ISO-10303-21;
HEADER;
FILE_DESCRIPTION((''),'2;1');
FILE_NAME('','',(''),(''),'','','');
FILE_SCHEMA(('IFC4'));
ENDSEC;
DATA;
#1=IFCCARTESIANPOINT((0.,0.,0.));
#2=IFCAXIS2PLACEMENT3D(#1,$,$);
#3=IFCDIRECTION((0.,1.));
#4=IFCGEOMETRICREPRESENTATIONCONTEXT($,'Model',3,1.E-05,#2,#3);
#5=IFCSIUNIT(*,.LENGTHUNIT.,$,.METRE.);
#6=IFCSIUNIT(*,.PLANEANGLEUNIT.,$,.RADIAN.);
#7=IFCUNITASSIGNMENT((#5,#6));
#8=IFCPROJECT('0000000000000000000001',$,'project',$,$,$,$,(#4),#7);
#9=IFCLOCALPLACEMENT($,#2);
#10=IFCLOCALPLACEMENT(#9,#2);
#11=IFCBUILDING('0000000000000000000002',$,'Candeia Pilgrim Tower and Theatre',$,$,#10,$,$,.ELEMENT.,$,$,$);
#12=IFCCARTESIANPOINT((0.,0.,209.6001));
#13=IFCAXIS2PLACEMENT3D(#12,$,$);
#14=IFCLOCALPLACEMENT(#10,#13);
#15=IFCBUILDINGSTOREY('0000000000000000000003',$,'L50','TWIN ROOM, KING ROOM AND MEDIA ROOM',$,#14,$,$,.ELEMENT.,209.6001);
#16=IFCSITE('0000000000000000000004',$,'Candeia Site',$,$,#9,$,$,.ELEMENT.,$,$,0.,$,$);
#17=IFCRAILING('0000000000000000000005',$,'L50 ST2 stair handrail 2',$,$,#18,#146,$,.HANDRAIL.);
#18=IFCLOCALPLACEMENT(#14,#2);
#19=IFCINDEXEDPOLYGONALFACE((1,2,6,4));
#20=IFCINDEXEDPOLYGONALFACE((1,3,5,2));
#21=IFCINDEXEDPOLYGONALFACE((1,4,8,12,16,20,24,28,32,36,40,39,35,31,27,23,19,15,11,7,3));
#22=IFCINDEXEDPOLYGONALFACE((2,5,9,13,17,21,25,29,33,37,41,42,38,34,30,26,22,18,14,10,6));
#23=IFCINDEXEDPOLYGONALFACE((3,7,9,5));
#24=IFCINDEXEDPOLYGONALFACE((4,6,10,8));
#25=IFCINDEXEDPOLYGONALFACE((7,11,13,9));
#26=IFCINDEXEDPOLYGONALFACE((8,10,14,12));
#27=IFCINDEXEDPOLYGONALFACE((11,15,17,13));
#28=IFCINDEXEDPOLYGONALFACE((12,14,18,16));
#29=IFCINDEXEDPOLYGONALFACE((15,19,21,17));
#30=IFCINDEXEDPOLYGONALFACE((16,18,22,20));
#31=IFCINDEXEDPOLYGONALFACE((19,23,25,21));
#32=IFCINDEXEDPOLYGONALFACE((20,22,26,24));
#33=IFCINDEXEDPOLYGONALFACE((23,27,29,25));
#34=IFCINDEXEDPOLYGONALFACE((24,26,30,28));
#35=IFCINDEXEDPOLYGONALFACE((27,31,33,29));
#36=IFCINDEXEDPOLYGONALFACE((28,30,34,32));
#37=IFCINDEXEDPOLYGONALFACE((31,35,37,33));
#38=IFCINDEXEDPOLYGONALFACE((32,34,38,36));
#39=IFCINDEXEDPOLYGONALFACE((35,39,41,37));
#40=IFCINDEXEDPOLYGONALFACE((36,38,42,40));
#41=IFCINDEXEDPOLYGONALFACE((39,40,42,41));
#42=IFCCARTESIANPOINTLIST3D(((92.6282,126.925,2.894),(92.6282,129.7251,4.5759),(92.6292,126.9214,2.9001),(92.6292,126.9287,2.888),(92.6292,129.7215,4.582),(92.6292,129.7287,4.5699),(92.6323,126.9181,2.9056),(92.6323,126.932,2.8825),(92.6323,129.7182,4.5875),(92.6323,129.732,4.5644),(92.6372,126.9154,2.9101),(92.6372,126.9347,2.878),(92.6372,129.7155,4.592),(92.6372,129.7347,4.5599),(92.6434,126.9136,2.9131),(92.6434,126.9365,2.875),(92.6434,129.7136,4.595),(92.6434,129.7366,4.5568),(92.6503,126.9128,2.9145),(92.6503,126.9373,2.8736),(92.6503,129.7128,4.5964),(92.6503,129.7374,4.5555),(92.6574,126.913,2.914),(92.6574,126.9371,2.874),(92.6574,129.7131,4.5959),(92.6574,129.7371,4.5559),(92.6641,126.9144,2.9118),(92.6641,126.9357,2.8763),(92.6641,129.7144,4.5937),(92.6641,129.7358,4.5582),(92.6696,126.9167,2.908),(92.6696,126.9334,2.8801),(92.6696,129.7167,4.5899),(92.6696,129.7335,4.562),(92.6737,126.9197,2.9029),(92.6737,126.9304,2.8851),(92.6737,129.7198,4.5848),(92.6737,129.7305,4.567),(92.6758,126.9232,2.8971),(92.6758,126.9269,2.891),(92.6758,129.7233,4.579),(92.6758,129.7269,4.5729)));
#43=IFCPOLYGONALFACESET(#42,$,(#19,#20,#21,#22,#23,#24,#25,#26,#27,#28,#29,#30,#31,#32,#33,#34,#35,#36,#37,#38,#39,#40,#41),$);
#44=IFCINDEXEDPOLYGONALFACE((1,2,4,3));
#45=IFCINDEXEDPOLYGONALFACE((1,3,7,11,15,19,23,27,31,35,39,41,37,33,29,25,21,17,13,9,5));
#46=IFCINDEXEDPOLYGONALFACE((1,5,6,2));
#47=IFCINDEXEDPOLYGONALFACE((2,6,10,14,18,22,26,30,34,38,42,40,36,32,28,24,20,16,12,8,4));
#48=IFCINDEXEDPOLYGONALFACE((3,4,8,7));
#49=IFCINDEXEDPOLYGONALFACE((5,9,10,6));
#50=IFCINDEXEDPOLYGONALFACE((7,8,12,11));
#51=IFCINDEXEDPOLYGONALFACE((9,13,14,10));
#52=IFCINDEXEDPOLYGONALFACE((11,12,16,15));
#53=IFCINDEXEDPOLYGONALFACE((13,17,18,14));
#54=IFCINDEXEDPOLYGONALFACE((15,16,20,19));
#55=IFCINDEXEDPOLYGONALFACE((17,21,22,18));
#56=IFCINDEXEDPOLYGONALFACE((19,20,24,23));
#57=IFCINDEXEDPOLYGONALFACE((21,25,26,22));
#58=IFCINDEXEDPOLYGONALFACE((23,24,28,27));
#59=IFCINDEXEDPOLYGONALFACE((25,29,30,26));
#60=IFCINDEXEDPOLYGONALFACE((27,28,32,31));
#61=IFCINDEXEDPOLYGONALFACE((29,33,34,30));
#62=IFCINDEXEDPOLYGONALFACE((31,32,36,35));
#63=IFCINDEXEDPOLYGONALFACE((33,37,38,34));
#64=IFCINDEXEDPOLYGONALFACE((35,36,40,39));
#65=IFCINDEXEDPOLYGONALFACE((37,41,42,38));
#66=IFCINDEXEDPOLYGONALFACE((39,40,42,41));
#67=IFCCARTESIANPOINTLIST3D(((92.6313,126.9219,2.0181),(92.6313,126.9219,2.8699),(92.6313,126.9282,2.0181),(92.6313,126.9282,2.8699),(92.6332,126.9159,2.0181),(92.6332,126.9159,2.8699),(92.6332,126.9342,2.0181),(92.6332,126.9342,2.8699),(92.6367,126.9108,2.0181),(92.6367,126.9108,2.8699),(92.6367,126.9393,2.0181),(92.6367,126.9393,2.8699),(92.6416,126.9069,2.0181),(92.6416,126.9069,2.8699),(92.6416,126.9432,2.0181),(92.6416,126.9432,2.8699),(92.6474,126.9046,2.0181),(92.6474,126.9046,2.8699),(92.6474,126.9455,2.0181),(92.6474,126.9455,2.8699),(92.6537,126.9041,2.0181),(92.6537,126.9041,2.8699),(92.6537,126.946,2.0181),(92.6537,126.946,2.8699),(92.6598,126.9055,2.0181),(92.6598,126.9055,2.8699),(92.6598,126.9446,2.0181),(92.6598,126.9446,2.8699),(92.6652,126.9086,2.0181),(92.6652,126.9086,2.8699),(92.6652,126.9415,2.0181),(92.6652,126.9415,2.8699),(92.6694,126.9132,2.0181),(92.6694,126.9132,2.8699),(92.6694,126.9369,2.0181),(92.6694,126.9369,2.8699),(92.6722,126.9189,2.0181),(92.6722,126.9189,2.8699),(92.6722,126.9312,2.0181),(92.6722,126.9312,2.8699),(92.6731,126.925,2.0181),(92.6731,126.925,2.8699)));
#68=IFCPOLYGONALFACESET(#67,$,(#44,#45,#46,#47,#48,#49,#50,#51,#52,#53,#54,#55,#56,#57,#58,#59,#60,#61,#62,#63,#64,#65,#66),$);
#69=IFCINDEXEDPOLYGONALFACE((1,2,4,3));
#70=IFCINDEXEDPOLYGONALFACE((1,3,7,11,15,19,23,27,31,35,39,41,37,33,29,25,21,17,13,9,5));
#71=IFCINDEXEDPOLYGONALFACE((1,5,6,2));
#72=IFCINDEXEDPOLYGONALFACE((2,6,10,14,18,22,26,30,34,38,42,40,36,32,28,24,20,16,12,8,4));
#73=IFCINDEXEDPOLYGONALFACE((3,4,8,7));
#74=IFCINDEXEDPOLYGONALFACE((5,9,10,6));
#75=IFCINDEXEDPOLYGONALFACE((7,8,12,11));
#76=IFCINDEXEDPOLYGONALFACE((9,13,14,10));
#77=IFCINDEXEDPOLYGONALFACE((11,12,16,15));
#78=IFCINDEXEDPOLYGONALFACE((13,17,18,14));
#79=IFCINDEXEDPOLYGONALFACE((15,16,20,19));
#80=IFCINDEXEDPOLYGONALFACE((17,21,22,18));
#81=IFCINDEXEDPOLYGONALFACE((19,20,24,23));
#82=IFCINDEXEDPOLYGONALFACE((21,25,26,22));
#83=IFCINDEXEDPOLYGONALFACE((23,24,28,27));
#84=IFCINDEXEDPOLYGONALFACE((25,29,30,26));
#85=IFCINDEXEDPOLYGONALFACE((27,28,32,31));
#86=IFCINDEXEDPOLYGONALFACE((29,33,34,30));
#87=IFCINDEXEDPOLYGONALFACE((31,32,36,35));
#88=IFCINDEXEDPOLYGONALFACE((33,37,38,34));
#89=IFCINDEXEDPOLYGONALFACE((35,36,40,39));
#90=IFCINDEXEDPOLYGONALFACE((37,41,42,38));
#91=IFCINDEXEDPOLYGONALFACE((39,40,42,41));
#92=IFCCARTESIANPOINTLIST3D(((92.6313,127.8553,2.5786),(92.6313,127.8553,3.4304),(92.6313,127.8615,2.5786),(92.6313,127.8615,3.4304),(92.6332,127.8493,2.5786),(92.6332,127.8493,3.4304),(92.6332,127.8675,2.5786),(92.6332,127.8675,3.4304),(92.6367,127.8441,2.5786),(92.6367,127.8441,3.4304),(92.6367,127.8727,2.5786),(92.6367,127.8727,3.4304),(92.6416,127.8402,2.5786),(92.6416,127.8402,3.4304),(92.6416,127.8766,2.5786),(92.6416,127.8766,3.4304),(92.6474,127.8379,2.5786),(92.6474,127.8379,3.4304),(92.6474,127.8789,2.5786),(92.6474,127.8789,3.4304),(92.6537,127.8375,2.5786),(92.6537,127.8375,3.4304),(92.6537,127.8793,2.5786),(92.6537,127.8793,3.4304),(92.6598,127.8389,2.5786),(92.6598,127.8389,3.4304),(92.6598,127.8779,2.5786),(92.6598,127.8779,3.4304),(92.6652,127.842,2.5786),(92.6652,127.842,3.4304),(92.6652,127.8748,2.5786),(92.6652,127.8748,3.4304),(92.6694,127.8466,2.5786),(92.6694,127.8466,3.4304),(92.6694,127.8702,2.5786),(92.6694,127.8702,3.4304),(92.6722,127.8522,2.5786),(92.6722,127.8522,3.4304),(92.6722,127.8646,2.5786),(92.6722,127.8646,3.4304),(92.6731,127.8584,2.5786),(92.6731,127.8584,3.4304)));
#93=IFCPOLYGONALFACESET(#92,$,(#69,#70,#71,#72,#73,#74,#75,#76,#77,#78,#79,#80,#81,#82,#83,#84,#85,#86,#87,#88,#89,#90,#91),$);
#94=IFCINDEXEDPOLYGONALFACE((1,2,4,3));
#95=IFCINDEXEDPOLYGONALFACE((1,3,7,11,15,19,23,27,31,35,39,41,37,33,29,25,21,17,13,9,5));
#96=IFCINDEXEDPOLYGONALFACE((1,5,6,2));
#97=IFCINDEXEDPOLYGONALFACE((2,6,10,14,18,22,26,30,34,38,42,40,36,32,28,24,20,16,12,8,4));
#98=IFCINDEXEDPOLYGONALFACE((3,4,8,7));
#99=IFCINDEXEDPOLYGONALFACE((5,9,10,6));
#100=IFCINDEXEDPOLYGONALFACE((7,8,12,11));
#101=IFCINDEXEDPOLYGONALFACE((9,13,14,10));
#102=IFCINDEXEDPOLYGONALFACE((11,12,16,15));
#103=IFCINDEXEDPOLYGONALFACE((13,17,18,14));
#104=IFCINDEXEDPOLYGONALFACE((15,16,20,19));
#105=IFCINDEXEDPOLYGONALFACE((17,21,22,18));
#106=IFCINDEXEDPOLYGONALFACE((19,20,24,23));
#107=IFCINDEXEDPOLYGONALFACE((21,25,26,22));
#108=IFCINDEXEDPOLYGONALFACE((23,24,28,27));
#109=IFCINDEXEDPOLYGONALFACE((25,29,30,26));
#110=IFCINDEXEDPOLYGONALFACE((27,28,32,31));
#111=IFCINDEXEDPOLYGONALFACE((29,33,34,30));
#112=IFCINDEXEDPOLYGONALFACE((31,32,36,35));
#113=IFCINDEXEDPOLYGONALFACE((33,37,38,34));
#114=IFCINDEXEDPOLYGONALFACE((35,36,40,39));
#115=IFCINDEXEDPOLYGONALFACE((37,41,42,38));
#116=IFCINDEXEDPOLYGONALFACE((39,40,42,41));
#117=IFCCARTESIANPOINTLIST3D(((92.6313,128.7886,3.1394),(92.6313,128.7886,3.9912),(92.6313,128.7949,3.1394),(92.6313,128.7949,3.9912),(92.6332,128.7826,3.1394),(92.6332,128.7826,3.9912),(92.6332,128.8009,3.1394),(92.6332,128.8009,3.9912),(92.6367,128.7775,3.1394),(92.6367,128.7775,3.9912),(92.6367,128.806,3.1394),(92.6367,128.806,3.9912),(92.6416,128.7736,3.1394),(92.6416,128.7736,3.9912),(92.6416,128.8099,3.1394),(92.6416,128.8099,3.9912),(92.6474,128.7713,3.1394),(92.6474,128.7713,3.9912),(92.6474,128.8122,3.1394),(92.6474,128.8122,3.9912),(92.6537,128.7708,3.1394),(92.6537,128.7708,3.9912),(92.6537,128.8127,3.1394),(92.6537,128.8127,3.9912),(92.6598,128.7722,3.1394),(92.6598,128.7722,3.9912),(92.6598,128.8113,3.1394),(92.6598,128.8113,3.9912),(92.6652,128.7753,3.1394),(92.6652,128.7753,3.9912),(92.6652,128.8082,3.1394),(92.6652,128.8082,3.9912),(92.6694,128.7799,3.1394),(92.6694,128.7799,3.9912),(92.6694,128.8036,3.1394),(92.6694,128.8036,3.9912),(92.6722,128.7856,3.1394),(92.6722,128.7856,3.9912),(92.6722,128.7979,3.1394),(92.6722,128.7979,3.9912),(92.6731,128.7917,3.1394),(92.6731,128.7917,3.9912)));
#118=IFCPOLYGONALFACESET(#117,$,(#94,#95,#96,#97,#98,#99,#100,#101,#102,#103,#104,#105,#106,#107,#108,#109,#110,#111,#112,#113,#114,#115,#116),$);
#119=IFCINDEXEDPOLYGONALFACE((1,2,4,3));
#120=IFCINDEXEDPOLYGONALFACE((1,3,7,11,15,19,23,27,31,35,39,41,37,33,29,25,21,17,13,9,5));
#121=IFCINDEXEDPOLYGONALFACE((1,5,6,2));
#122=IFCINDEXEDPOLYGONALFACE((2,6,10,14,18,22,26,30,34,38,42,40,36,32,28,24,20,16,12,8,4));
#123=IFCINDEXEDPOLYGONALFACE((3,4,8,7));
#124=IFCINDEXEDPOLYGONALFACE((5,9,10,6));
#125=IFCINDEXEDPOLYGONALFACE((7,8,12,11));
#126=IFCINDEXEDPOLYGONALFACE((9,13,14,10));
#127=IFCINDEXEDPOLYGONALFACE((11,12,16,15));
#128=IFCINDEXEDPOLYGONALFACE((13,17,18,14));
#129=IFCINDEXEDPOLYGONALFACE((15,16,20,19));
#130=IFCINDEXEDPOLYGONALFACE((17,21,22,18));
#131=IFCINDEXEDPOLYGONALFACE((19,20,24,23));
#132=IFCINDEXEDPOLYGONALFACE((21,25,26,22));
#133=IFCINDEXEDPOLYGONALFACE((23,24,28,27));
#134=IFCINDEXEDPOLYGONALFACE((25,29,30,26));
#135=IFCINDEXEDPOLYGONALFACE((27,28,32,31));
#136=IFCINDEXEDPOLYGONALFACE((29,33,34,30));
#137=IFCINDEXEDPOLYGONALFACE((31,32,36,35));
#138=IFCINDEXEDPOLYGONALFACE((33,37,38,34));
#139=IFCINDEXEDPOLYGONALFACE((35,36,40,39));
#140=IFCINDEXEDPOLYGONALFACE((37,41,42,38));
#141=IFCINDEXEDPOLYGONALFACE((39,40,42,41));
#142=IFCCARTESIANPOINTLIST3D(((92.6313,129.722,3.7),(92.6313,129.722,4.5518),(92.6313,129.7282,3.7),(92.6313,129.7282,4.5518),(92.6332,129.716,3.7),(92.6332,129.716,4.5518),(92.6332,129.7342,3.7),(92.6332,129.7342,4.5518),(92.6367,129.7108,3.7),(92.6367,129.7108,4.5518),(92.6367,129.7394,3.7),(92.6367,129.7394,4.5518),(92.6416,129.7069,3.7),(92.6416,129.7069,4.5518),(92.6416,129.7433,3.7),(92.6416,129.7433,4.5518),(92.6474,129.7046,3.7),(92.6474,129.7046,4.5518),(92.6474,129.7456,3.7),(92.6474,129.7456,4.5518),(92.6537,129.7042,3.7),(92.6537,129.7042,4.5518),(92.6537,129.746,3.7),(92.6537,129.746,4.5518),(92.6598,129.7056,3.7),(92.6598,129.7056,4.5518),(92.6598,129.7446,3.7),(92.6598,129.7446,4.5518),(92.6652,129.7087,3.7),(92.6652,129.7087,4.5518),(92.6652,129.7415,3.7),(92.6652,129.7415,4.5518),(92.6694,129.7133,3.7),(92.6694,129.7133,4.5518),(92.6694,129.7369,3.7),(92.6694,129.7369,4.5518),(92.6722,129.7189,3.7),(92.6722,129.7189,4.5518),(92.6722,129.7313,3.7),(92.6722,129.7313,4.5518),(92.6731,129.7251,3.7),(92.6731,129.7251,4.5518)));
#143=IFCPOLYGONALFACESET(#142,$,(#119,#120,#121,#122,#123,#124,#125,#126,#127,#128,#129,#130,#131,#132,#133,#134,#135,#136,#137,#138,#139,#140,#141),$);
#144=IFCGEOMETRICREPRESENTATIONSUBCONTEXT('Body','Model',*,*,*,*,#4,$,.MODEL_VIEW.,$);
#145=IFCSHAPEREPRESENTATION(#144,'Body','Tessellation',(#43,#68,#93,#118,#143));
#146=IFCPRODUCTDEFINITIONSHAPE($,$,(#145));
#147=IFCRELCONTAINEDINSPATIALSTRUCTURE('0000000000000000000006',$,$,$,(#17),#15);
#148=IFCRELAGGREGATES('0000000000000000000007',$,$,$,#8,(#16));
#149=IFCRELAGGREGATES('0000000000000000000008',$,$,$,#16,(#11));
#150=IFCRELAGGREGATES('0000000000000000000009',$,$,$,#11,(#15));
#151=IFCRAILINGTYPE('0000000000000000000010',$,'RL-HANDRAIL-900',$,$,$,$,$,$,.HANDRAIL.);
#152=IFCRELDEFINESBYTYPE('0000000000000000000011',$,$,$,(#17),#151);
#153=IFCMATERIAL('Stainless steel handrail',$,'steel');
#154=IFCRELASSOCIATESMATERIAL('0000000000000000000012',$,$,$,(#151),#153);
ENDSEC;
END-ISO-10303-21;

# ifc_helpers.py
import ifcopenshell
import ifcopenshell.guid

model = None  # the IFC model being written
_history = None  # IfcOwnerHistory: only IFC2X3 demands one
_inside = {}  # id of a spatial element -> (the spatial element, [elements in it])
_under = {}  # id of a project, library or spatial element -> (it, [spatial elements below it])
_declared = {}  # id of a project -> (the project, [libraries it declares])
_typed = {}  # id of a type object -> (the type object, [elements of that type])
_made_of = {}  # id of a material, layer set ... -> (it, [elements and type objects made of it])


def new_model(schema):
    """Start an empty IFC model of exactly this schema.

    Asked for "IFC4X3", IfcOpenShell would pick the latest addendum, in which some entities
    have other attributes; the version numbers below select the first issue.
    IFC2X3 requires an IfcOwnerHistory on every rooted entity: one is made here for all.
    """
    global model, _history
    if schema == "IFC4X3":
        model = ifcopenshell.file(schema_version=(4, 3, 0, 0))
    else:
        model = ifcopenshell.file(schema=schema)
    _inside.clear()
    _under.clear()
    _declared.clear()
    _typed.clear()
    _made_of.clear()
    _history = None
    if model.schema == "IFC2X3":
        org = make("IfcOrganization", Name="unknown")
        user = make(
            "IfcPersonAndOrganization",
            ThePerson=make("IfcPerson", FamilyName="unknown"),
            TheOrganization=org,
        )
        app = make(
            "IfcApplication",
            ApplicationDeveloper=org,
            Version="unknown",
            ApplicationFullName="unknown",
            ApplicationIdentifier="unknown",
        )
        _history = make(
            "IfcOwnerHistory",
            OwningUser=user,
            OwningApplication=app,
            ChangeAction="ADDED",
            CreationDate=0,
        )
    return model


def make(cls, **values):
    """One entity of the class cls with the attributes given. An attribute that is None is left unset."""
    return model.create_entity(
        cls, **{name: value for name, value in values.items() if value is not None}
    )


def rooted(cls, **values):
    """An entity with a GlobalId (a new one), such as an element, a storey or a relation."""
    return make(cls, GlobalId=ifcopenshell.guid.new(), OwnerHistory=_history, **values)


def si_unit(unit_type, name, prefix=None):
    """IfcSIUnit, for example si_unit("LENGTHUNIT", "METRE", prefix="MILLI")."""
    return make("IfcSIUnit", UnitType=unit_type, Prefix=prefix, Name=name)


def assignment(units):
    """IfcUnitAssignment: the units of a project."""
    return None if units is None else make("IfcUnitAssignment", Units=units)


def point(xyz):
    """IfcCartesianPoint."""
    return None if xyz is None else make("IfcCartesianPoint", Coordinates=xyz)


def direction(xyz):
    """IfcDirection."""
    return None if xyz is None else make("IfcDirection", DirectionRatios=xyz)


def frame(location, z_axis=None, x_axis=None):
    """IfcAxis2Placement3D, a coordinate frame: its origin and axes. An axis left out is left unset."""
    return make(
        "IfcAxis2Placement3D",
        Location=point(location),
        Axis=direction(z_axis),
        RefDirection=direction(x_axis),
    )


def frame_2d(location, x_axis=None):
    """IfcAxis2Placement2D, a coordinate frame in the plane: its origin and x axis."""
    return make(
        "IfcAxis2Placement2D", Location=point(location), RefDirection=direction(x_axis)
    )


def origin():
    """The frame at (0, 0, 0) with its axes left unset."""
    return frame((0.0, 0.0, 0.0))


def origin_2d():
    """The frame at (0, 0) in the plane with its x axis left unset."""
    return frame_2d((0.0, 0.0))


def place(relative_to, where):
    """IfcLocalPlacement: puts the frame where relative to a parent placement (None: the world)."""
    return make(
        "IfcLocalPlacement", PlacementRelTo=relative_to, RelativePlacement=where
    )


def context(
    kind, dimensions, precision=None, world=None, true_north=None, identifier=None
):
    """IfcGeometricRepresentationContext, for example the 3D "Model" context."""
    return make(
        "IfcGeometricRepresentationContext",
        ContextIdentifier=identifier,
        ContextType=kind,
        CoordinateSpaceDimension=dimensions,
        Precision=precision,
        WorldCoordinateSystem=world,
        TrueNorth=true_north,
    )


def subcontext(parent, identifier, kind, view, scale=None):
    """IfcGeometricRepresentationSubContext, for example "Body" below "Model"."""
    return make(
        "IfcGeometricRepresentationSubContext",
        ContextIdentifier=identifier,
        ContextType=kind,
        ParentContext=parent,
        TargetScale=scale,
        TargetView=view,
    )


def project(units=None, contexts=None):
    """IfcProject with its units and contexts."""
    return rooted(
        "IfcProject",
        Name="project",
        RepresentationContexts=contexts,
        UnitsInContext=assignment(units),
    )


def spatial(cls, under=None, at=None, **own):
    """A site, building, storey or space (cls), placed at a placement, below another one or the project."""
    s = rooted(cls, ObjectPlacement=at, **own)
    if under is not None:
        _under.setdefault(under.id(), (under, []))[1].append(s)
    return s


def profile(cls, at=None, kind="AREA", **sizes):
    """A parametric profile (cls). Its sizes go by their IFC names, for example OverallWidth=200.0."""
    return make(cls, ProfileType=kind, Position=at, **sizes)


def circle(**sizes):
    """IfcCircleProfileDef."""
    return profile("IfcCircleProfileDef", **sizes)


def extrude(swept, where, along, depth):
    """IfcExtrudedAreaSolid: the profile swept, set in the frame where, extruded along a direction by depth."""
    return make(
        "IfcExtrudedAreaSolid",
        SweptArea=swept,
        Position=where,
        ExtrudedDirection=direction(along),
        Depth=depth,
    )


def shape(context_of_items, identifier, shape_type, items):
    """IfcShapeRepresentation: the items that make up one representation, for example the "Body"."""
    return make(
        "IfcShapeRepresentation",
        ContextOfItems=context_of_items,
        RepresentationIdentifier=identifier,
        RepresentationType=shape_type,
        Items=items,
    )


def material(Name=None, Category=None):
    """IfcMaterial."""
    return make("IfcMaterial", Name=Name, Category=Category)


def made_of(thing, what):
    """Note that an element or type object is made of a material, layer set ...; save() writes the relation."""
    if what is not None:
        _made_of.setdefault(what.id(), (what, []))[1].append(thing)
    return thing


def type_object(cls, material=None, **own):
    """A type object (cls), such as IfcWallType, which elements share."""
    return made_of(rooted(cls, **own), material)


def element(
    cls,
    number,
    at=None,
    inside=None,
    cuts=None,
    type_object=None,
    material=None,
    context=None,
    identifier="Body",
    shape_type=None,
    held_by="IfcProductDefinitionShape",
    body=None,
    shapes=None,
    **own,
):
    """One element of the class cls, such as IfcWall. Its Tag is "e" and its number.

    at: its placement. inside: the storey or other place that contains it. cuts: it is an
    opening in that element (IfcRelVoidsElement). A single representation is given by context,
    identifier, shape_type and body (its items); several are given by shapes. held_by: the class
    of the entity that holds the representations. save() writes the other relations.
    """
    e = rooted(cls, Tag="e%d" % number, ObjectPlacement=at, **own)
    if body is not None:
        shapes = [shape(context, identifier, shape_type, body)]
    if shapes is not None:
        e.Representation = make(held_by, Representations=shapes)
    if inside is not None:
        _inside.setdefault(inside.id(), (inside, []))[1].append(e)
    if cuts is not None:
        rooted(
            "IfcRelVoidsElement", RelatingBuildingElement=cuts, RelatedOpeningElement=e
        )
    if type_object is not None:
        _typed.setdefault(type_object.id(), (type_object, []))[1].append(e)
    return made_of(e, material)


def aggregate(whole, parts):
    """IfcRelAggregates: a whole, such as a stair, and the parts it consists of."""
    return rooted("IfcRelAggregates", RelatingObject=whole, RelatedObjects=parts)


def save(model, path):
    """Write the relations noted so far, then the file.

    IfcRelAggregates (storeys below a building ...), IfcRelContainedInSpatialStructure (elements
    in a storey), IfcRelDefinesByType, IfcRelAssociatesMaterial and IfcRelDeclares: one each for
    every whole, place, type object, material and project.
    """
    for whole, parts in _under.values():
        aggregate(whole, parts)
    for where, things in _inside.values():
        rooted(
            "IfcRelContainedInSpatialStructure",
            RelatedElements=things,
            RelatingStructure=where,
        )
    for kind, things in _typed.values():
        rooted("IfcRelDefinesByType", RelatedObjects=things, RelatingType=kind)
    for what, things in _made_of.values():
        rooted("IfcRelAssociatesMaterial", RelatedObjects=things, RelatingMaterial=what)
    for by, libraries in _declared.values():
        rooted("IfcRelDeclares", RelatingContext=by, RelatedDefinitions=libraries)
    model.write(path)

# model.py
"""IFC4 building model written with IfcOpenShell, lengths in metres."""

from ifc_helpers import new_model, si_unit, direction, frame, origin, origin_2d, place, context, subcontext, project, spatial, circle, extrude, material, type_object, element, save


model = new_model("IFC4")

# Units and contexts
model_context = context("Model", 3, precision=1e-05, world=origin(), true_north=direction((0.0, 1.0)))
body_context = subcontext(model_context, "Body", "Model", "MODEL_VIEW")
ifc_project = project(units=[si_unit("LENGTHUNIT", "METRE"), si_unit("PLANEANGLEUNIT", "RADIAN")], contexts=[model_context])

# Site, building, storey
site_placement = place(None, origin())
site = spatial("IfcSite", under=ifc_project, at=site_placement, Name="Candeia Site", CompositionType="ELEMENT", RefElevation=0.0)
building_placement = place(site_placement, origin())
building = spatial("IfcBuilding", under=site, at=building_placement, Name="Candeia Pilgrim Tower and Theatre", CompositionType="ELEMENT")
storey_placement = place(building_placement, frame((0.0, 0.0, 209.6001)))
storey = spatial("IfcBuildingStorey", under=building, at=storey_placement, Name="L50", Description="TWIN ROOM, KING ROOM AND MEDIA ROOM", CompositionType="ELEMENT", Elevation=209.6001)

# Railing
ifc_material_1 = material(Name="Stainless steel handrail", Category="steel")
railing_type = type_object("IfcRailingType", Name="RL-HANDRAIL-900", PredefinedType="HANDRAIL", material=ifc_material_1)
for number, where, name in (
    (1, (92.6521, 126.925, 2.0181), "L50 ST2 stair handrail 2"),
):
    element("IfcRailing", number, at=place(storey_placement, frame(where)), inside=storey, type_object=railing_type, Name=name, PredefinedType="HANDRAIL", context=body_context, shape_type="SweptSolid", body=[
        extrude(circle(Radius=0.0239, at=origin_2d()), frame((0.0, 0.0, 0.876), z_axis=(0.0, 0.857242, 0.514913), x_axis=(-1.0, 0.0, 0.0)), (0.0, 0.0, 1.0), 3.2664),
        extrude(circle(Radius=0.021, at=origin_2d()), origin(), (0.0, 0.0, 1.0), 0.8518),
        extrude(circle(Radius=0.021, at=origin_2d()), frame((0.0, 0.9333, 0.5605)), (0.0, 0.0, 1.0), 0.8518),
        extrude(circle(Radius=0.021, at=origin_2d()), frame((0.0, 1.8667, 1.1213)), (0.0, 0.0, 1.0), 0.8518),
        extrude(circle(Radius=0.021, at=origin_2d()), frame((0.0, 2.8, 1.6819)), (0.0, 0.0, 1.0), 0.8518),
    ])

save(model, "model.ifc")
